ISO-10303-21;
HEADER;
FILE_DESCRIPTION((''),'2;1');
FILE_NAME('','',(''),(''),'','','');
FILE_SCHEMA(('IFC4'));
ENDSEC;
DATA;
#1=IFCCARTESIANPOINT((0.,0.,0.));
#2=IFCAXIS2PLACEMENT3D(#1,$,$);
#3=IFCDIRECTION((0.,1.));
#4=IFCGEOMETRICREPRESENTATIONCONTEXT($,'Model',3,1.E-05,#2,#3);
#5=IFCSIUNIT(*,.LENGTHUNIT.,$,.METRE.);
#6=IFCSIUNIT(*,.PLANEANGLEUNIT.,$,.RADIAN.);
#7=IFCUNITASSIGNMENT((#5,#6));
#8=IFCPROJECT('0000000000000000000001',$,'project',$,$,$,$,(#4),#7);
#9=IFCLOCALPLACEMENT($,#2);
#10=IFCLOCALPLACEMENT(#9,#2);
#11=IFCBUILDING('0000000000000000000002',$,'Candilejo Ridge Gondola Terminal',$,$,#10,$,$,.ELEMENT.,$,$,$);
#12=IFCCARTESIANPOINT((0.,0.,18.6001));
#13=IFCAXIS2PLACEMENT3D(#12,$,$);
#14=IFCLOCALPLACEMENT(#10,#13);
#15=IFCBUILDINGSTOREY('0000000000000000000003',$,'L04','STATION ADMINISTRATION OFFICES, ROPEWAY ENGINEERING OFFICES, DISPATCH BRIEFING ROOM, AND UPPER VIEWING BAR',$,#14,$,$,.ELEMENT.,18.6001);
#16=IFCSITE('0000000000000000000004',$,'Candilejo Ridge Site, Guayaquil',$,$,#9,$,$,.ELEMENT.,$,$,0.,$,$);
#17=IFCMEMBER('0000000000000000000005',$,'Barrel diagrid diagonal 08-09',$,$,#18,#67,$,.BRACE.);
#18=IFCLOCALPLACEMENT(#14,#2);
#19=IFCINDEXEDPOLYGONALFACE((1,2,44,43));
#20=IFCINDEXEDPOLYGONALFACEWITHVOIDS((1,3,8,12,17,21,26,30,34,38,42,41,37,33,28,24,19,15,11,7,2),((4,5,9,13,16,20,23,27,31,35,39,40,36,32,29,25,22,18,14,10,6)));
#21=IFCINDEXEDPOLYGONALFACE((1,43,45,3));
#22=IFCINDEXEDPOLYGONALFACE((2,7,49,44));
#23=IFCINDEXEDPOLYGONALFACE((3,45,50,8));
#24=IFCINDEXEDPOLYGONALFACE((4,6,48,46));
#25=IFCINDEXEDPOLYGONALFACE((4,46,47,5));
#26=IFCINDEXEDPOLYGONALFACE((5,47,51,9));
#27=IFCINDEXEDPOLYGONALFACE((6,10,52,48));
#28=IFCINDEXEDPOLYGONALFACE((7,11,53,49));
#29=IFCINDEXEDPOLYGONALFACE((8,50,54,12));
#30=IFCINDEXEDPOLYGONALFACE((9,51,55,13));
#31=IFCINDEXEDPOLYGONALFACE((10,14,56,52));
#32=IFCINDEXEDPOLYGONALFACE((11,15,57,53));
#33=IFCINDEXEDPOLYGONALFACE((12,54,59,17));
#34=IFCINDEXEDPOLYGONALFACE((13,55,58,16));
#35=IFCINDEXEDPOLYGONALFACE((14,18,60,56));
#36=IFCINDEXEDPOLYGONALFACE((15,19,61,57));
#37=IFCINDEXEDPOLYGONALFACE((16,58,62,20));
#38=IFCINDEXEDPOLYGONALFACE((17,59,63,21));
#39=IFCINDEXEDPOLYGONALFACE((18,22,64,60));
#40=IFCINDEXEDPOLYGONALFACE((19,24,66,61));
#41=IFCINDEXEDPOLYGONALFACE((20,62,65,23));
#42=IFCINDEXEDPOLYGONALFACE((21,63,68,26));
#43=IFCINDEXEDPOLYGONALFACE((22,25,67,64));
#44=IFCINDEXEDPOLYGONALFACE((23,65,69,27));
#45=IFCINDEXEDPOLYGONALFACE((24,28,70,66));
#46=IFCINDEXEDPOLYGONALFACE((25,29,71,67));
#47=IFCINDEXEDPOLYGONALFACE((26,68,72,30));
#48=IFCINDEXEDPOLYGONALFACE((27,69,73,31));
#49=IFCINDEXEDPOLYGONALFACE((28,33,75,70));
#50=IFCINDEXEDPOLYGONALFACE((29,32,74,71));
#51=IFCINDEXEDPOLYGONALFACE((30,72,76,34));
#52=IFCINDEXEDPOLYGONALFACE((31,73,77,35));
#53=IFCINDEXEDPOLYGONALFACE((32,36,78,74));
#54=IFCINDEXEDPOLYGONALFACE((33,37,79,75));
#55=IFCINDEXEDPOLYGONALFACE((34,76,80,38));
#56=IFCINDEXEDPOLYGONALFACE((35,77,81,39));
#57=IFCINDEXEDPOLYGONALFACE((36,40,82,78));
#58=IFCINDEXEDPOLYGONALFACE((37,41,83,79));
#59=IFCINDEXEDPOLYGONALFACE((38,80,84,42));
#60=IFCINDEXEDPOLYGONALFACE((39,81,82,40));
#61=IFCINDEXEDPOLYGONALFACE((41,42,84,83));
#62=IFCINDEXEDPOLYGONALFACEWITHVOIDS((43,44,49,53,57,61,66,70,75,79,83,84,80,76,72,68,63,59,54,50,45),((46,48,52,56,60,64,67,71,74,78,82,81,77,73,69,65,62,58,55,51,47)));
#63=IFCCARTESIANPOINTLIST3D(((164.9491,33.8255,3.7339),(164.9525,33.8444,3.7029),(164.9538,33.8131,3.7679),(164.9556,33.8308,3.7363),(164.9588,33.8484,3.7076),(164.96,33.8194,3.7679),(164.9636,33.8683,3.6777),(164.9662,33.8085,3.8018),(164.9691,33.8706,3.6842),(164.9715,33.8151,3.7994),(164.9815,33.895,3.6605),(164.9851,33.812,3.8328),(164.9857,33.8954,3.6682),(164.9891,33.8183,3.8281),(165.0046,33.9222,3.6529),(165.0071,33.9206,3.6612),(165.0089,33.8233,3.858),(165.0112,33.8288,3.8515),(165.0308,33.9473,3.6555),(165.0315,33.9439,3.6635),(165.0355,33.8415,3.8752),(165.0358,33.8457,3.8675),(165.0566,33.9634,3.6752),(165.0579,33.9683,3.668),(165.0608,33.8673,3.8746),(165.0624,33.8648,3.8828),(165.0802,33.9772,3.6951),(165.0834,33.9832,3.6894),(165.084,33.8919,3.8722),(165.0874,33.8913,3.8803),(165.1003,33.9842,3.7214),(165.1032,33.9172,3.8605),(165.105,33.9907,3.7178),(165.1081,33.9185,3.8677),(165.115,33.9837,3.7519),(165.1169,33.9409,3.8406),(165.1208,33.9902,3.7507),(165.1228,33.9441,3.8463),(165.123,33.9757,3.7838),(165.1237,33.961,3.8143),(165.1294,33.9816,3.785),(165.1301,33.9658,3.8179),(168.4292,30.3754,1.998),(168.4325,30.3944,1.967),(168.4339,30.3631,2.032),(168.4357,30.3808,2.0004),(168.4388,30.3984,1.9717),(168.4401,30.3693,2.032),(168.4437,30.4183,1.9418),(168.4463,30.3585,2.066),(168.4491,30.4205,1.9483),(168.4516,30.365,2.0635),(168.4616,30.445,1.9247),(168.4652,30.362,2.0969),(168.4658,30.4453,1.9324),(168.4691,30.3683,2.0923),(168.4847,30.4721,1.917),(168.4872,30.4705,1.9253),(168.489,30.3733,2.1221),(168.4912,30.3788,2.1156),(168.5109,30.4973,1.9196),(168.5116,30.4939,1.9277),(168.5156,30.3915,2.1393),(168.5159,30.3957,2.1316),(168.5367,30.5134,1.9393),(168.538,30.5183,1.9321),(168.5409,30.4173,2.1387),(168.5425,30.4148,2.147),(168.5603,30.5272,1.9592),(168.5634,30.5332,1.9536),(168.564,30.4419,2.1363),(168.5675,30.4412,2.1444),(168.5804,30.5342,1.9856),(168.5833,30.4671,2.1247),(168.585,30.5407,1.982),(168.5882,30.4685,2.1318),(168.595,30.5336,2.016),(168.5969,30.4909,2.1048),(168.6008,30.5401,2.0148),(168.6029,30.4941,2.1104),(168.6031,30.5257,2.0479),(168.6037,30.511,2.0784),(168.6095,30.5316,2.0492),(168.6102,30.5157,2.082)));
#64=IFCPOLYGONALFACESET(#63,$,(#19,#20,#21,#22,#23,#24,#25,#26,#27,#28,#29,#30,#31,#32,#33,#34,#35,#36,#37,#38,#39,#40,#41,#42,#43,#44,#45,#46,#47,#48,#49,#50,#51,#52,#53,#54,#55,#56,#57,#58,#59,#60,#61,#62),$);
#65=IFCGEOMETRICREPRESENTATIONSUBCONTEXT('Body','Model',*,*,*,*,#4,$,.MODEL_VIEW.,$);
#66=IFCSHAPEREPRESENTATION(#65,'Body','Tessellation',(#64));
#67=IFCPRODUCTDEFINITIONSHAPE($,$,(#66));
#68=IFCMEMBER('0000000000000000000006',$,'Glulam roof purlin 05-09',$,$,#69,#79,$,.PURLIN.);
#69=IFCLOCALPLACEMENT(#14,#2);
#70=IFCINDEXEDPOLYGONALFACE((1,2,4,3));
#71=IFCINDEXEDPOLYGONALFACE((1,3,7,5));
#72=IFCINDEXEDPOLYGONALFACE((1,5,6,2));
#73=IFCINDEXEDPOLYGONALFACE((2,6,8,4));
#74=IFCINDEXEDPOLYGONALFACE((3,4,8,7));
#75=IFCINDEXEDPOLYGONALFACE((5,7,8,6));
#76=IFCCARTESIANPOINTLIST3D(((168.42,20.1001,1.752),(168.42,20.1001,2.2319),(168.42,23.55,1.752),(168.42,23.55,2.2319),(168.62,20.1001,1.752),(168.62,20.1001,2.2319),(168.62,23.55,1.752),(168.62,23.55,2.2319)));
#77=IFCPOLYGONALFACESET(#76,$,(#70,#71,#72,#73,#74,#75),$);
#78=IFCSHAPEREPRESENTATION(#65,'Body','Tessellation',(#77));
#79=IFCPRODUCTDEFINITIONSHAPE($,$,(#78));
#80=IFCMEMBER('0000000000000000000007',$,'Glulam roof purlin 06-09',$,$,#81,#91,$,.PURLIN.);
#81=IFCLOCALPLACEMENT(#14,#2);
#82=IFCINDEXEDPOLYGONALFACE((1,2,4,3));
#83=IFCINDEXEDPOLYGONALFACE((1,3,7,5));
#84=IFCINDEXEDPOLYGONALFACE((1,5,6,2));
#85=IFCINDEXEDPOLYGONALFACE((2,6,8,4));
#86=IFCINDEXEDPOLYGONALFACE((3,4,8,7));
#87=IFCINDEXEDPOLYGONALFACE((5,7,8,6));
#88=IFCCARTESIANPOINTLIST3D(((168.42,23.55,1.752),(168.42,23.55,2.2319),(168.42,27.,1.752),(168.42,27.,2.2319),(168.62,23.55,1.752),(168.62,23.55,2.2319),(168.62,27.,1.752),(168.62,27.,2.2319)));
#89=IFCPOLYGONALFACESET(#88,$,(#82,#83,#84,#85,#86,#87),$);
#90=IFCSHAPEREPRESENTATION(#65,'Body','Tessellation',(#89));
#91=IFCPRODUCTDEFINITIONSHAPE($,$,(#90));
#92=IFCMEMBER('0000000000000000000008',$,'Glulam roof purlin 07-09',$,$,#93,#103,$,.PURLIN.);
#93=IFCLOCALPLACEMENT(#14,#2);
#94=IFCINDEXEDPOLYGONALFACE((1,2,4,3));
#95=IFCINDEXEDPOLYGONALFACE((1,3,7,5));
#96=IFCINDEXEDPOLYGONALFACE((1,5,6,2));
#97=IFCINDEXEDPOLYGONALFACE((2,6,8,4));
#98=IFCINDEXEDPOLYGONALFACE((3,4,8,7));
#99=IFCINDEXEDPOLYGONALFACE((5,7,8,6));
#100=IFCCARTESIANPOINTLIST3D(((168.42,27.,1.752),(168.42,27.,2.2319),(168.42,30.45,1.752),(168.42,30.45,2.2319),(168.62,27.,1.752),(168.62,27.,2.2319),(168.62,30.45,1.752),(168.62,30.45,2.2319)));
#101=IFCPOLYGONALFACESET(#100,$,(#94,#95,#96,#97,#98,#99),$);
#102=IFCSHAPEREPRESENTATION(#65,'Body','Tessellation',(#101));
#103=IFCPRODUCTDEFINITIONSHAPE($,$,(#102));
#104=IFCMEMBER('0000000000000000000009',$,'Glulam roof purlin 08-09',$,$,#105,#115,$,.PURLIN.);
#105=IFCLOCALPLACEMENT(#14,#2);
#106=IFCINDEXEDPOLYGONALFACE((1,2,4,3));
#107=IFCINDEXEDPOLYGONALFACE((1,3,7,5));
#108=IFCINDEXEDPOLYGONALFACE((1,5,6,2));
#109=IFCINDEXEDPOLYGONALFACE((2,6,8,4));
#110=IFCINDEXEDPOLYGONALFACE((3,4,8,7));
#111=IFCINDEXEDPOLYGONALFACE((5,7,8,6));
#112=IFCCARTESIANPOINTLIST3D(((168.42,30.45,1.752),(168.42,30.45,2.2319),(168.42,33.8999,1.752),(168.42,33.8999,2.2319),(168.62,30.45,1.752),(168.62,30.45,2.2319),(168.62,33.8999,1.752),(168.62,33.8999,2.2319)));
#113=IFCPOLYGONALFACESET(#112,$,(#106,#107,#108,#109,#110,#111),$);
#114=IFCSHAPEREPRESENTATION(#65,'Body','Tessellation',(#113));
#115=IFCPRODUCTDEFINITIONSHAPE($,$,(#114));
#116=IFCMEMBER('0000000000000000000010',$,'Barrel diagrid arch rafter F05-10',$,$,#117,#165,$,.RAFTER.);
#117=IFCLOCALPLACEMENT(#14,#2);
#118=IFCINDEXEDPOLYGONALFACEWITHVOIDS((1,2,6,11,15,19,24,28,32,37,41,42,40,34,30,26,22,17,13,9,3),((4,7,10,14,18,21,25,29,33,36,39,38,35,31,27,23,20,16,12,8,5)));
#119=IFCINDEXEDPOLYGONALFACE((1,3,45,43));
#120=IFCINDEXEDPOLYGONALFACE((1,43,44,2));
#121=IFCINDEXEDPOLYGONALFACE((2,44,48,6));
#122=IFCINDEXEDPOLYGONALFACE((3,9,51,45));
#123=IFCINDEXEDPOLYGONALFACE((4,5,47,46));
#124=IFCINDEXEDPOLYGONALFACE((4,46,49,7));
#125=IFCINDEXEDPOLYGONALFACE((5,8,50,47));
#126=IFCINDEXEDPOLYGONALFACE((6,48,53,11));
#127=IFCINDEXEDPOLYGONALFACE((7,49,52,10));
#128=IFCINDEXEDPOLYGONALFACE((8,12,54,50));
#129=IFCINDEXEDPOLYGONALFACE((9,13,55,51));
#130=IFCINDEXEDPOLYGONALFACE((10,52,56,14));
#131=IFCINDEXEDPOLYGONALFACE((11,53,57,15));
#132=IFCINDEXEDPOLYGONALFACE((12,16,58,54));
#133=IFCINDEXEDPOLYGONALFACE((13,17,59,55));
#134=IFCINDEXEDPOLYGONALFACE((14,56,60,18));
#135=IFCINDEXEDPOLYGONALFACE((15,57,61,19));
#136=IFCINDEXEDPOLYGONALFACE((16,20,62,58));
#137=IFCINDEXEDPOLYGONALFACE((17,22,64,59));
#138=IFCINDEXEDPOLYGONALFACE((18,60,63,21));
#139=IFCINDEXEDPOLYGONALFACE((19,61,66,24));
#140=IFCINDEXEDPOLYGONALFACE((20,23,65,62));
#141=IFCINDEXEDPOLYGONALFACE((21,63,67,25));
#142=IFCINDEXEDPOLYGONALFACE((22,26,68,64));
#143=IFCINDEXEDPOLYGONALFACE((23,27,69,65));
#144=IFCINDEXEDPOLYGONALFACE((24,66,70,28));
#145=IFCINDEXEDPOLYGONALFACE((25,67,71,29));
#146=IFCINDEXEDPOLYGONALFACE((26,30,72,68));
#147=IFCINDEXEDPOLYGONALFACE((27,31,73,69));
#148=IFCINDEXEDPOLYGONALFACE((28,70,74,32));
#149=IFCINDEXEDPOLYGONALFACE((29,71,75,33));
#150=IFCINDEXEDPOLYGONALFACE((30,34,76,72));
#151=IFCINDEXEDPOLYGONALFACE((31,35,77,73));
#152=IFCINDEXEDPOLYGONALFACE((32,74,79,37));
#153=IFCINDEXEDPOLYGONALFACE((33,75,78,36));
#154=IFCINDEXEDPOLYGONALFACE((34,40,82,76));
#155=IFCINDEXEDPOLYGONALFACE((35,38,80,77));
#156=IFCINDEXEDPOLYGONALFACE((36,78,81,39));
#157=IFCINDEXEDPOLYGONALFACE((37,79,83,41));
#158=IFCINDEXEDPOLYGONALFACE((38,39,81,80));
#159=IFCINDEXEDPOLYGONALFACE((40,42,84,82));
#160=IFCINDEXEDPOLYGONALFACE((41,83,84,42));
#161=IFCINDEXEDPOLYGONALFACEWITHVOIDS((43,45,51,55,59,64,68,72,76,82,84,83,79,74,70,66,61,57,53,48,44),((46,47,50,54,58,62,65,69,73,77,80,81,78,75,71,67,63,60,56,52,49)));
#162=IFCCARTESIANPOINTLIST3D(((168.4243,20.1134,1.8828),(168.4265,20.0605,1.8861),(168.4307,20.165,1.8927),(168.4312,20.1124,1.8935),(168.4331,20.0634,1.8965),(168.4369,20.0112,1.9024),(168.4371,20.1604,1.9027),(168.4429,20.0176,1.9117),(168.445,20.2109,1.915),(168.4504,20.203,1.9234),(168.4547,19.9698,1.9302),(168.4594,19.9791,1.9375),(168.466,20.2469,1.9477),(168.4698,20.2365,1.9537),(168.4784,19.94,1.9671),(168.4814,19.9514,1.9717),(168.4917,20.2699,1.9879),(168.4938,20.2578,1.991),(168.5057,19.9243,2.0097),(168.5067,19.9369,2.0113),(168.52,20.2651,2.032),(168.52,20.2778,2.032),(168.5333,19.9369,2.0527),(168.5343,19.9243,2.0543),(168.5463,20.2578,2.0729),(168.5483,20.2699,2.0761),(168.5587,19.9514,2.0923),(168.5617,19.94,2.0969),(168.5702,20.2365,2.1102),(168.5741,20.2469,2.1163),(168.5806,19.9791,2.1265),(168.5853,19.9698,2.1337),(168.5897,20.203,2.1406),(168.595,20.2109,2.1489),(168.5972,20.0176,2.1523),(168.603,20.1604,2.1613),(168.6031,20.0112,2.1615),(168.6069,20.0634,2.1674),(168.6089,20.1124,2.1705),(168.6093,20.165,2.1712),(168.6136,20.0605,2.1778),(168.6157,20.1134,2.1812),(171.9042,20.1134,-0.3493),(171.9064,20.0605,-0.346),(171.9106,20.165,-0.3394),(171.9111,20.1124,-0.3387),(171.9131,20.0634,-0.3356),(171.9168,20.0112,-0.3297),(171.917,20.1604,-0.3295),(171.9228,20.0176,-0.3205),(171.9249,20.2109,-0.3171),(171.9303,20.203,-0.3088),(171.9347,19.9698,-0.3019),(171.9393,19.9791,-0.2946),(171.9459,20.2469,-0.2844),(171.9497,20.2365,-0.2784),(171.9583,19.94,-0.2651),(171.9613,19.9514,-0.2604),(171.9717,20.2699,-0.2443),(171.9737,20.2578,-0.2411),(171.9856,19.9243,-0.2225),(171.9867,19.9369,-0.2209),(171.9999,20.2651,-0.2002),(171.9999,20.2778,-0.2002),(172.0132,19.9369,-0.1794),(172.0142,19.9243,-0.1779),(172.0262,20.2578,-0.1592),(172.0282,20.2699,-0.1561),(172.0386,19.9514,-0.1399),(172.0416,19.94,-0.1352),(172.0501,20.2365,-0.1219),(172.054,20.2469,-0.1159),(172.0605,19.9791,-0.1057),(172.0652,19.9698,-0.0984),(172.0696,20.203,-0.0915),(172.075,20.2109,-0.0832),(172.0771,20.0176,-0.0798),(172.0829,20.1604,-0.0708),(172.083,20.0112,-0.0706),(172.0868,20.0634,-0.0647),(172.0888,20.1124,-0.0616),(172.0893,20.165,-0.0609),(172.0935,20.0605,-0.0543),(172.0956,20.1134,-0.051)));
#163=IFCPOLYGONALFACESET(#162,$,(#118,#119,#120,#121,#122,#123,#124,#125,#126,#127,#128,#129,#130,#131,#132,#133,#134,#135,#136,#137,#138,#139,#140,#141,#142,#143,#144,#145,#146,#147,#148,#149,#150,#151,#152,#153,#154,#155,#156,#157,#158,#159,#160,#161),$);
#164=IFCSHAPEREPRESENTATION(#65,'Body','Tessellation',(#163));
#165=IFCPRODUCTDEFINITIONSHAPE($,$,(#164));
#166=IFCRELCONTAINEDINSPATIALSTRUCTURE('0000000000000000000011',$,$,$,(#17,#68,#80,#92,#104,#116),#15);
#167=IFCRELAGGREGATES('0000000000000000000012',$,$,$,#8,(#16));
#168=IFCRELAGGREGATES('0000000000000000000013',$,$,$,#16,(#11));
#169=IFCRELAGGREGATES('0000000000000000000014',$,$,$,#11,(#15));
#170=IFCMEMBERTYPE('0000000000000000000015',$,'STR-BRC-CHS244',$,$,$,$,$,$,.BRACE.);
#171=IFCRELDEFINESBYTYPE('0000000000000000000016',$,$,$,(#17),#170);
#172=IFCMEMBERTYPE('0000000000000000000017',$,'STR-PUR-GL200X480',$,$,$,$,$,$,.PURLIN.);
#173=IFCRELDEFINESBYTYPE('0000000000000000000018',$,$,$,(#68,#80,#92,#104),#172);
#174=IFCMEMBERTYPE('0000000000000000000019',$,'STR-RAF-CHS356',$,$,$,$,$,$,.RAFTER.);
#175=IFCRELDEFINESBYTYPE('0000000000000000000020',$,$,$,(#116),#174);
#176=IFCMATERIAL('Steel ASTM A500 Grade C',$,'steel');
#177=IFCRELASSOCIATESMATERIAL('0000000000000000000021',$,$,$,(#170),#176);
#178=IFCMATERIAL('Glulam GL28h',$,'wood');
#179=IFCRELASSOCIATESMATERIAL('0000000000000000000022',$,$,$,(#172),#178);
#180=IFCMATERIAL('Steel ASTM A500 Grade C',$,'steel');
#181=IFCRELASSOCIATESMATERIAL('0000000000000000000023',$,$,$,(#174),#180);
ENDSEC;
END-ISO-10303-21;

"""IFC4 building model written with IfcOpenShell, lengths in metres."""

from ifc_helpers import new_model, si_unit, direction, frame, origin, origin_2d, place, context, subcontext, project, spatial, rectangle, hollow_circle, extrude, material, material_profile, profile_set, type_object, element, save


model = new_model("IFC4")

# Units and contexts
model_context = context("Model", 3, precision=1e-05, world=origin(), true_north=direction((0.0, 1.0)))
body_context = subcontext(model_context, "Body", "Model", "MODEL_VIEW")
ifc_project = project(units=[si_unit("LENGTHUNIT", "METRE"), si_unit("PLANEANGLEUNIT", "RADIAN")], contexts=[model_context])

# Site, building, storey
site_placement = place(None, origin())
site = spatial("IfcSite", under=ifc_project, at=site_placement, Name="Candilejo Ridge Site, Guayaquil", CompositionType="ELEMENT", RefElevation=0.0)
building_placement = place(site_placement, origin())
building = spatial("IfcBuilding", under=site, at=building_placement, Name="Candilejo Ridge Gondola Terminal", CompositionType="ELEMENT")
storey_placement = place(building_placement, frame((0.0, 0.0, 18.6001)))
storey = spatial("IfcBuildingStorey", under=building, at=storey_placement, Name="L04", Description="STATION ADMINISTRATION OFFICES, ROPEWAY ENGINEERING OFFICES, DISPATCH BRIEFING ROOM, AND UPPER VIEWING BAR", CompositionType="ELEMENT", Elevation=18.6001)

# Members
ifc_material_1 = material(Name="Steel ASTM A500 Grade C", Category="steel")
ifc_material_profile_1 = material_profile(ifc_material_1, hollow_circle(Radius=0.1223, WallThickness=0.0088, at=origin_2d()))
ifc_profile_set_1 = profile_set([ifc_material_profile_1], Name="Steel ASTM A500 Grade C")
member_type_1 = type_object("IfcMemberType", Name="STR-BRC-CHS244", PredefinedType="BRACE", material=ifc_profile_set_1)
member_1_placement = place(storey_placement, frame((168.52, 30.45, 2.032), z_axis=(-0.669406, 0.663629, 0.333904), x_axis=(-0.704036, -0.710164, 0.0)))
element("IfcMember", 1, at=member_1_placement, inside=storey, type_object=member_type_1, Name="Barrel diagrid diagonal 08-09", PredefinedType="BRACE", context=body_context, shape_type="SweptSolid", body=[
    extrude(hollow_circle(Radius=0.1223, WallThickness=0.0088, at=origin_2d()), origin(), (0.0, 0.0, 1.0), 5.1987),
])
ifc_material_2 = material(Name="Glulam GL28h", Category="wood")
ifc_material_profile_2 = material_profile(ifc_material_2, rectangle(XDim=0.2, YDim=0.48, at=origin_2d()))
ifc_profile_set_2 = profile_set([ifc_material_profile_2], Name="Glulam GL28h")
member_type_2 = type_object("IfcMemberType", Name="STR-PUR-GL200X480", PredefinedType="PURLIN", material=ifc_profile_set_2)
for number, where, z_axis, x_axis, name in (
    (2, (168.52, 20.1001, 1.9919), (0.0, 1.0, 0.0), (-1.0, 0.0, 0.0), "Glulam roof purlin 05-09"),
    (3, (168.52, 23.55, 1.9919), (0.0, 1.0, 0.0), (-1.0, 0.0, 0.0), "Glulam roof purlin 06-09"),
    (4, (168.52, 27.0, 1.9919), (0.0, 1.0, 0.0), (-1.0, 0.0, 0.0), "Glulam roof purlin 07-09"),
    (5, (168.52, 30.45, 1.9919), (0.0, 1.0, 0.0), (-1.0, 0.0, 0.0), "Glulam roof purlin 08-09"),
):
    element("IfcMember", number, at=place(storey_placement, frame(where, z_axis=z_axis, x_axis=x_axis)), inside=storey, type_object=member_type_2, Name=name, PredefinedType="PURLIN", context=body_context, shape_type="SweptSolid", body=[
        extrude(rectangle(XDim=0.2, YDim=0.48, at=origin_2d()), origin(), (0.0, 0.0, 1.0), 3.45),
    ])
ifc_material_3 = material(Name="Steel ASTM A500 Grade C", Category="steel")
ifc_material_profile_3 = material_profile(ifc_material_3, hollow_circle(Radius=0.1777, WallThickness=0.0127, at=origin_2d()))
ifc_profile_set_3 = profile_set([ifc_material_profile_3], Name="Steel ASTM A500 Grade C")
member_type_3 = type_object("IfcMemberType", Name="STR-RAF-CHS356", PredefinedType="RAFTER", material=ifc_profile_set_3)
for number, where, z_axis, x_axis, name in (
    (6, (168.52, 20.1001, 2.032), (0.841723, 0.0, -0.53991), (0.0, 1.0, 0.0), "Barrel diagrid arch rafter F05-10"),
):
    element("IfcMember", number, at=place(storey_placement, frame(where, z_axis=z_axis, x_axis=x_axis)), inside=storey, type_object=member_type_3, Name=name, PredefinedType="RAFTER", context=body_context, shape_type="SweptSolid", body=[
        extrude(hollow_circle(Radius=0.1777, WallThickness=0.0127, at=origin_2d()), origin(), (0.0, 0.0, 1.0), 4.1343),
    ])

save(model, "model.ifc")
